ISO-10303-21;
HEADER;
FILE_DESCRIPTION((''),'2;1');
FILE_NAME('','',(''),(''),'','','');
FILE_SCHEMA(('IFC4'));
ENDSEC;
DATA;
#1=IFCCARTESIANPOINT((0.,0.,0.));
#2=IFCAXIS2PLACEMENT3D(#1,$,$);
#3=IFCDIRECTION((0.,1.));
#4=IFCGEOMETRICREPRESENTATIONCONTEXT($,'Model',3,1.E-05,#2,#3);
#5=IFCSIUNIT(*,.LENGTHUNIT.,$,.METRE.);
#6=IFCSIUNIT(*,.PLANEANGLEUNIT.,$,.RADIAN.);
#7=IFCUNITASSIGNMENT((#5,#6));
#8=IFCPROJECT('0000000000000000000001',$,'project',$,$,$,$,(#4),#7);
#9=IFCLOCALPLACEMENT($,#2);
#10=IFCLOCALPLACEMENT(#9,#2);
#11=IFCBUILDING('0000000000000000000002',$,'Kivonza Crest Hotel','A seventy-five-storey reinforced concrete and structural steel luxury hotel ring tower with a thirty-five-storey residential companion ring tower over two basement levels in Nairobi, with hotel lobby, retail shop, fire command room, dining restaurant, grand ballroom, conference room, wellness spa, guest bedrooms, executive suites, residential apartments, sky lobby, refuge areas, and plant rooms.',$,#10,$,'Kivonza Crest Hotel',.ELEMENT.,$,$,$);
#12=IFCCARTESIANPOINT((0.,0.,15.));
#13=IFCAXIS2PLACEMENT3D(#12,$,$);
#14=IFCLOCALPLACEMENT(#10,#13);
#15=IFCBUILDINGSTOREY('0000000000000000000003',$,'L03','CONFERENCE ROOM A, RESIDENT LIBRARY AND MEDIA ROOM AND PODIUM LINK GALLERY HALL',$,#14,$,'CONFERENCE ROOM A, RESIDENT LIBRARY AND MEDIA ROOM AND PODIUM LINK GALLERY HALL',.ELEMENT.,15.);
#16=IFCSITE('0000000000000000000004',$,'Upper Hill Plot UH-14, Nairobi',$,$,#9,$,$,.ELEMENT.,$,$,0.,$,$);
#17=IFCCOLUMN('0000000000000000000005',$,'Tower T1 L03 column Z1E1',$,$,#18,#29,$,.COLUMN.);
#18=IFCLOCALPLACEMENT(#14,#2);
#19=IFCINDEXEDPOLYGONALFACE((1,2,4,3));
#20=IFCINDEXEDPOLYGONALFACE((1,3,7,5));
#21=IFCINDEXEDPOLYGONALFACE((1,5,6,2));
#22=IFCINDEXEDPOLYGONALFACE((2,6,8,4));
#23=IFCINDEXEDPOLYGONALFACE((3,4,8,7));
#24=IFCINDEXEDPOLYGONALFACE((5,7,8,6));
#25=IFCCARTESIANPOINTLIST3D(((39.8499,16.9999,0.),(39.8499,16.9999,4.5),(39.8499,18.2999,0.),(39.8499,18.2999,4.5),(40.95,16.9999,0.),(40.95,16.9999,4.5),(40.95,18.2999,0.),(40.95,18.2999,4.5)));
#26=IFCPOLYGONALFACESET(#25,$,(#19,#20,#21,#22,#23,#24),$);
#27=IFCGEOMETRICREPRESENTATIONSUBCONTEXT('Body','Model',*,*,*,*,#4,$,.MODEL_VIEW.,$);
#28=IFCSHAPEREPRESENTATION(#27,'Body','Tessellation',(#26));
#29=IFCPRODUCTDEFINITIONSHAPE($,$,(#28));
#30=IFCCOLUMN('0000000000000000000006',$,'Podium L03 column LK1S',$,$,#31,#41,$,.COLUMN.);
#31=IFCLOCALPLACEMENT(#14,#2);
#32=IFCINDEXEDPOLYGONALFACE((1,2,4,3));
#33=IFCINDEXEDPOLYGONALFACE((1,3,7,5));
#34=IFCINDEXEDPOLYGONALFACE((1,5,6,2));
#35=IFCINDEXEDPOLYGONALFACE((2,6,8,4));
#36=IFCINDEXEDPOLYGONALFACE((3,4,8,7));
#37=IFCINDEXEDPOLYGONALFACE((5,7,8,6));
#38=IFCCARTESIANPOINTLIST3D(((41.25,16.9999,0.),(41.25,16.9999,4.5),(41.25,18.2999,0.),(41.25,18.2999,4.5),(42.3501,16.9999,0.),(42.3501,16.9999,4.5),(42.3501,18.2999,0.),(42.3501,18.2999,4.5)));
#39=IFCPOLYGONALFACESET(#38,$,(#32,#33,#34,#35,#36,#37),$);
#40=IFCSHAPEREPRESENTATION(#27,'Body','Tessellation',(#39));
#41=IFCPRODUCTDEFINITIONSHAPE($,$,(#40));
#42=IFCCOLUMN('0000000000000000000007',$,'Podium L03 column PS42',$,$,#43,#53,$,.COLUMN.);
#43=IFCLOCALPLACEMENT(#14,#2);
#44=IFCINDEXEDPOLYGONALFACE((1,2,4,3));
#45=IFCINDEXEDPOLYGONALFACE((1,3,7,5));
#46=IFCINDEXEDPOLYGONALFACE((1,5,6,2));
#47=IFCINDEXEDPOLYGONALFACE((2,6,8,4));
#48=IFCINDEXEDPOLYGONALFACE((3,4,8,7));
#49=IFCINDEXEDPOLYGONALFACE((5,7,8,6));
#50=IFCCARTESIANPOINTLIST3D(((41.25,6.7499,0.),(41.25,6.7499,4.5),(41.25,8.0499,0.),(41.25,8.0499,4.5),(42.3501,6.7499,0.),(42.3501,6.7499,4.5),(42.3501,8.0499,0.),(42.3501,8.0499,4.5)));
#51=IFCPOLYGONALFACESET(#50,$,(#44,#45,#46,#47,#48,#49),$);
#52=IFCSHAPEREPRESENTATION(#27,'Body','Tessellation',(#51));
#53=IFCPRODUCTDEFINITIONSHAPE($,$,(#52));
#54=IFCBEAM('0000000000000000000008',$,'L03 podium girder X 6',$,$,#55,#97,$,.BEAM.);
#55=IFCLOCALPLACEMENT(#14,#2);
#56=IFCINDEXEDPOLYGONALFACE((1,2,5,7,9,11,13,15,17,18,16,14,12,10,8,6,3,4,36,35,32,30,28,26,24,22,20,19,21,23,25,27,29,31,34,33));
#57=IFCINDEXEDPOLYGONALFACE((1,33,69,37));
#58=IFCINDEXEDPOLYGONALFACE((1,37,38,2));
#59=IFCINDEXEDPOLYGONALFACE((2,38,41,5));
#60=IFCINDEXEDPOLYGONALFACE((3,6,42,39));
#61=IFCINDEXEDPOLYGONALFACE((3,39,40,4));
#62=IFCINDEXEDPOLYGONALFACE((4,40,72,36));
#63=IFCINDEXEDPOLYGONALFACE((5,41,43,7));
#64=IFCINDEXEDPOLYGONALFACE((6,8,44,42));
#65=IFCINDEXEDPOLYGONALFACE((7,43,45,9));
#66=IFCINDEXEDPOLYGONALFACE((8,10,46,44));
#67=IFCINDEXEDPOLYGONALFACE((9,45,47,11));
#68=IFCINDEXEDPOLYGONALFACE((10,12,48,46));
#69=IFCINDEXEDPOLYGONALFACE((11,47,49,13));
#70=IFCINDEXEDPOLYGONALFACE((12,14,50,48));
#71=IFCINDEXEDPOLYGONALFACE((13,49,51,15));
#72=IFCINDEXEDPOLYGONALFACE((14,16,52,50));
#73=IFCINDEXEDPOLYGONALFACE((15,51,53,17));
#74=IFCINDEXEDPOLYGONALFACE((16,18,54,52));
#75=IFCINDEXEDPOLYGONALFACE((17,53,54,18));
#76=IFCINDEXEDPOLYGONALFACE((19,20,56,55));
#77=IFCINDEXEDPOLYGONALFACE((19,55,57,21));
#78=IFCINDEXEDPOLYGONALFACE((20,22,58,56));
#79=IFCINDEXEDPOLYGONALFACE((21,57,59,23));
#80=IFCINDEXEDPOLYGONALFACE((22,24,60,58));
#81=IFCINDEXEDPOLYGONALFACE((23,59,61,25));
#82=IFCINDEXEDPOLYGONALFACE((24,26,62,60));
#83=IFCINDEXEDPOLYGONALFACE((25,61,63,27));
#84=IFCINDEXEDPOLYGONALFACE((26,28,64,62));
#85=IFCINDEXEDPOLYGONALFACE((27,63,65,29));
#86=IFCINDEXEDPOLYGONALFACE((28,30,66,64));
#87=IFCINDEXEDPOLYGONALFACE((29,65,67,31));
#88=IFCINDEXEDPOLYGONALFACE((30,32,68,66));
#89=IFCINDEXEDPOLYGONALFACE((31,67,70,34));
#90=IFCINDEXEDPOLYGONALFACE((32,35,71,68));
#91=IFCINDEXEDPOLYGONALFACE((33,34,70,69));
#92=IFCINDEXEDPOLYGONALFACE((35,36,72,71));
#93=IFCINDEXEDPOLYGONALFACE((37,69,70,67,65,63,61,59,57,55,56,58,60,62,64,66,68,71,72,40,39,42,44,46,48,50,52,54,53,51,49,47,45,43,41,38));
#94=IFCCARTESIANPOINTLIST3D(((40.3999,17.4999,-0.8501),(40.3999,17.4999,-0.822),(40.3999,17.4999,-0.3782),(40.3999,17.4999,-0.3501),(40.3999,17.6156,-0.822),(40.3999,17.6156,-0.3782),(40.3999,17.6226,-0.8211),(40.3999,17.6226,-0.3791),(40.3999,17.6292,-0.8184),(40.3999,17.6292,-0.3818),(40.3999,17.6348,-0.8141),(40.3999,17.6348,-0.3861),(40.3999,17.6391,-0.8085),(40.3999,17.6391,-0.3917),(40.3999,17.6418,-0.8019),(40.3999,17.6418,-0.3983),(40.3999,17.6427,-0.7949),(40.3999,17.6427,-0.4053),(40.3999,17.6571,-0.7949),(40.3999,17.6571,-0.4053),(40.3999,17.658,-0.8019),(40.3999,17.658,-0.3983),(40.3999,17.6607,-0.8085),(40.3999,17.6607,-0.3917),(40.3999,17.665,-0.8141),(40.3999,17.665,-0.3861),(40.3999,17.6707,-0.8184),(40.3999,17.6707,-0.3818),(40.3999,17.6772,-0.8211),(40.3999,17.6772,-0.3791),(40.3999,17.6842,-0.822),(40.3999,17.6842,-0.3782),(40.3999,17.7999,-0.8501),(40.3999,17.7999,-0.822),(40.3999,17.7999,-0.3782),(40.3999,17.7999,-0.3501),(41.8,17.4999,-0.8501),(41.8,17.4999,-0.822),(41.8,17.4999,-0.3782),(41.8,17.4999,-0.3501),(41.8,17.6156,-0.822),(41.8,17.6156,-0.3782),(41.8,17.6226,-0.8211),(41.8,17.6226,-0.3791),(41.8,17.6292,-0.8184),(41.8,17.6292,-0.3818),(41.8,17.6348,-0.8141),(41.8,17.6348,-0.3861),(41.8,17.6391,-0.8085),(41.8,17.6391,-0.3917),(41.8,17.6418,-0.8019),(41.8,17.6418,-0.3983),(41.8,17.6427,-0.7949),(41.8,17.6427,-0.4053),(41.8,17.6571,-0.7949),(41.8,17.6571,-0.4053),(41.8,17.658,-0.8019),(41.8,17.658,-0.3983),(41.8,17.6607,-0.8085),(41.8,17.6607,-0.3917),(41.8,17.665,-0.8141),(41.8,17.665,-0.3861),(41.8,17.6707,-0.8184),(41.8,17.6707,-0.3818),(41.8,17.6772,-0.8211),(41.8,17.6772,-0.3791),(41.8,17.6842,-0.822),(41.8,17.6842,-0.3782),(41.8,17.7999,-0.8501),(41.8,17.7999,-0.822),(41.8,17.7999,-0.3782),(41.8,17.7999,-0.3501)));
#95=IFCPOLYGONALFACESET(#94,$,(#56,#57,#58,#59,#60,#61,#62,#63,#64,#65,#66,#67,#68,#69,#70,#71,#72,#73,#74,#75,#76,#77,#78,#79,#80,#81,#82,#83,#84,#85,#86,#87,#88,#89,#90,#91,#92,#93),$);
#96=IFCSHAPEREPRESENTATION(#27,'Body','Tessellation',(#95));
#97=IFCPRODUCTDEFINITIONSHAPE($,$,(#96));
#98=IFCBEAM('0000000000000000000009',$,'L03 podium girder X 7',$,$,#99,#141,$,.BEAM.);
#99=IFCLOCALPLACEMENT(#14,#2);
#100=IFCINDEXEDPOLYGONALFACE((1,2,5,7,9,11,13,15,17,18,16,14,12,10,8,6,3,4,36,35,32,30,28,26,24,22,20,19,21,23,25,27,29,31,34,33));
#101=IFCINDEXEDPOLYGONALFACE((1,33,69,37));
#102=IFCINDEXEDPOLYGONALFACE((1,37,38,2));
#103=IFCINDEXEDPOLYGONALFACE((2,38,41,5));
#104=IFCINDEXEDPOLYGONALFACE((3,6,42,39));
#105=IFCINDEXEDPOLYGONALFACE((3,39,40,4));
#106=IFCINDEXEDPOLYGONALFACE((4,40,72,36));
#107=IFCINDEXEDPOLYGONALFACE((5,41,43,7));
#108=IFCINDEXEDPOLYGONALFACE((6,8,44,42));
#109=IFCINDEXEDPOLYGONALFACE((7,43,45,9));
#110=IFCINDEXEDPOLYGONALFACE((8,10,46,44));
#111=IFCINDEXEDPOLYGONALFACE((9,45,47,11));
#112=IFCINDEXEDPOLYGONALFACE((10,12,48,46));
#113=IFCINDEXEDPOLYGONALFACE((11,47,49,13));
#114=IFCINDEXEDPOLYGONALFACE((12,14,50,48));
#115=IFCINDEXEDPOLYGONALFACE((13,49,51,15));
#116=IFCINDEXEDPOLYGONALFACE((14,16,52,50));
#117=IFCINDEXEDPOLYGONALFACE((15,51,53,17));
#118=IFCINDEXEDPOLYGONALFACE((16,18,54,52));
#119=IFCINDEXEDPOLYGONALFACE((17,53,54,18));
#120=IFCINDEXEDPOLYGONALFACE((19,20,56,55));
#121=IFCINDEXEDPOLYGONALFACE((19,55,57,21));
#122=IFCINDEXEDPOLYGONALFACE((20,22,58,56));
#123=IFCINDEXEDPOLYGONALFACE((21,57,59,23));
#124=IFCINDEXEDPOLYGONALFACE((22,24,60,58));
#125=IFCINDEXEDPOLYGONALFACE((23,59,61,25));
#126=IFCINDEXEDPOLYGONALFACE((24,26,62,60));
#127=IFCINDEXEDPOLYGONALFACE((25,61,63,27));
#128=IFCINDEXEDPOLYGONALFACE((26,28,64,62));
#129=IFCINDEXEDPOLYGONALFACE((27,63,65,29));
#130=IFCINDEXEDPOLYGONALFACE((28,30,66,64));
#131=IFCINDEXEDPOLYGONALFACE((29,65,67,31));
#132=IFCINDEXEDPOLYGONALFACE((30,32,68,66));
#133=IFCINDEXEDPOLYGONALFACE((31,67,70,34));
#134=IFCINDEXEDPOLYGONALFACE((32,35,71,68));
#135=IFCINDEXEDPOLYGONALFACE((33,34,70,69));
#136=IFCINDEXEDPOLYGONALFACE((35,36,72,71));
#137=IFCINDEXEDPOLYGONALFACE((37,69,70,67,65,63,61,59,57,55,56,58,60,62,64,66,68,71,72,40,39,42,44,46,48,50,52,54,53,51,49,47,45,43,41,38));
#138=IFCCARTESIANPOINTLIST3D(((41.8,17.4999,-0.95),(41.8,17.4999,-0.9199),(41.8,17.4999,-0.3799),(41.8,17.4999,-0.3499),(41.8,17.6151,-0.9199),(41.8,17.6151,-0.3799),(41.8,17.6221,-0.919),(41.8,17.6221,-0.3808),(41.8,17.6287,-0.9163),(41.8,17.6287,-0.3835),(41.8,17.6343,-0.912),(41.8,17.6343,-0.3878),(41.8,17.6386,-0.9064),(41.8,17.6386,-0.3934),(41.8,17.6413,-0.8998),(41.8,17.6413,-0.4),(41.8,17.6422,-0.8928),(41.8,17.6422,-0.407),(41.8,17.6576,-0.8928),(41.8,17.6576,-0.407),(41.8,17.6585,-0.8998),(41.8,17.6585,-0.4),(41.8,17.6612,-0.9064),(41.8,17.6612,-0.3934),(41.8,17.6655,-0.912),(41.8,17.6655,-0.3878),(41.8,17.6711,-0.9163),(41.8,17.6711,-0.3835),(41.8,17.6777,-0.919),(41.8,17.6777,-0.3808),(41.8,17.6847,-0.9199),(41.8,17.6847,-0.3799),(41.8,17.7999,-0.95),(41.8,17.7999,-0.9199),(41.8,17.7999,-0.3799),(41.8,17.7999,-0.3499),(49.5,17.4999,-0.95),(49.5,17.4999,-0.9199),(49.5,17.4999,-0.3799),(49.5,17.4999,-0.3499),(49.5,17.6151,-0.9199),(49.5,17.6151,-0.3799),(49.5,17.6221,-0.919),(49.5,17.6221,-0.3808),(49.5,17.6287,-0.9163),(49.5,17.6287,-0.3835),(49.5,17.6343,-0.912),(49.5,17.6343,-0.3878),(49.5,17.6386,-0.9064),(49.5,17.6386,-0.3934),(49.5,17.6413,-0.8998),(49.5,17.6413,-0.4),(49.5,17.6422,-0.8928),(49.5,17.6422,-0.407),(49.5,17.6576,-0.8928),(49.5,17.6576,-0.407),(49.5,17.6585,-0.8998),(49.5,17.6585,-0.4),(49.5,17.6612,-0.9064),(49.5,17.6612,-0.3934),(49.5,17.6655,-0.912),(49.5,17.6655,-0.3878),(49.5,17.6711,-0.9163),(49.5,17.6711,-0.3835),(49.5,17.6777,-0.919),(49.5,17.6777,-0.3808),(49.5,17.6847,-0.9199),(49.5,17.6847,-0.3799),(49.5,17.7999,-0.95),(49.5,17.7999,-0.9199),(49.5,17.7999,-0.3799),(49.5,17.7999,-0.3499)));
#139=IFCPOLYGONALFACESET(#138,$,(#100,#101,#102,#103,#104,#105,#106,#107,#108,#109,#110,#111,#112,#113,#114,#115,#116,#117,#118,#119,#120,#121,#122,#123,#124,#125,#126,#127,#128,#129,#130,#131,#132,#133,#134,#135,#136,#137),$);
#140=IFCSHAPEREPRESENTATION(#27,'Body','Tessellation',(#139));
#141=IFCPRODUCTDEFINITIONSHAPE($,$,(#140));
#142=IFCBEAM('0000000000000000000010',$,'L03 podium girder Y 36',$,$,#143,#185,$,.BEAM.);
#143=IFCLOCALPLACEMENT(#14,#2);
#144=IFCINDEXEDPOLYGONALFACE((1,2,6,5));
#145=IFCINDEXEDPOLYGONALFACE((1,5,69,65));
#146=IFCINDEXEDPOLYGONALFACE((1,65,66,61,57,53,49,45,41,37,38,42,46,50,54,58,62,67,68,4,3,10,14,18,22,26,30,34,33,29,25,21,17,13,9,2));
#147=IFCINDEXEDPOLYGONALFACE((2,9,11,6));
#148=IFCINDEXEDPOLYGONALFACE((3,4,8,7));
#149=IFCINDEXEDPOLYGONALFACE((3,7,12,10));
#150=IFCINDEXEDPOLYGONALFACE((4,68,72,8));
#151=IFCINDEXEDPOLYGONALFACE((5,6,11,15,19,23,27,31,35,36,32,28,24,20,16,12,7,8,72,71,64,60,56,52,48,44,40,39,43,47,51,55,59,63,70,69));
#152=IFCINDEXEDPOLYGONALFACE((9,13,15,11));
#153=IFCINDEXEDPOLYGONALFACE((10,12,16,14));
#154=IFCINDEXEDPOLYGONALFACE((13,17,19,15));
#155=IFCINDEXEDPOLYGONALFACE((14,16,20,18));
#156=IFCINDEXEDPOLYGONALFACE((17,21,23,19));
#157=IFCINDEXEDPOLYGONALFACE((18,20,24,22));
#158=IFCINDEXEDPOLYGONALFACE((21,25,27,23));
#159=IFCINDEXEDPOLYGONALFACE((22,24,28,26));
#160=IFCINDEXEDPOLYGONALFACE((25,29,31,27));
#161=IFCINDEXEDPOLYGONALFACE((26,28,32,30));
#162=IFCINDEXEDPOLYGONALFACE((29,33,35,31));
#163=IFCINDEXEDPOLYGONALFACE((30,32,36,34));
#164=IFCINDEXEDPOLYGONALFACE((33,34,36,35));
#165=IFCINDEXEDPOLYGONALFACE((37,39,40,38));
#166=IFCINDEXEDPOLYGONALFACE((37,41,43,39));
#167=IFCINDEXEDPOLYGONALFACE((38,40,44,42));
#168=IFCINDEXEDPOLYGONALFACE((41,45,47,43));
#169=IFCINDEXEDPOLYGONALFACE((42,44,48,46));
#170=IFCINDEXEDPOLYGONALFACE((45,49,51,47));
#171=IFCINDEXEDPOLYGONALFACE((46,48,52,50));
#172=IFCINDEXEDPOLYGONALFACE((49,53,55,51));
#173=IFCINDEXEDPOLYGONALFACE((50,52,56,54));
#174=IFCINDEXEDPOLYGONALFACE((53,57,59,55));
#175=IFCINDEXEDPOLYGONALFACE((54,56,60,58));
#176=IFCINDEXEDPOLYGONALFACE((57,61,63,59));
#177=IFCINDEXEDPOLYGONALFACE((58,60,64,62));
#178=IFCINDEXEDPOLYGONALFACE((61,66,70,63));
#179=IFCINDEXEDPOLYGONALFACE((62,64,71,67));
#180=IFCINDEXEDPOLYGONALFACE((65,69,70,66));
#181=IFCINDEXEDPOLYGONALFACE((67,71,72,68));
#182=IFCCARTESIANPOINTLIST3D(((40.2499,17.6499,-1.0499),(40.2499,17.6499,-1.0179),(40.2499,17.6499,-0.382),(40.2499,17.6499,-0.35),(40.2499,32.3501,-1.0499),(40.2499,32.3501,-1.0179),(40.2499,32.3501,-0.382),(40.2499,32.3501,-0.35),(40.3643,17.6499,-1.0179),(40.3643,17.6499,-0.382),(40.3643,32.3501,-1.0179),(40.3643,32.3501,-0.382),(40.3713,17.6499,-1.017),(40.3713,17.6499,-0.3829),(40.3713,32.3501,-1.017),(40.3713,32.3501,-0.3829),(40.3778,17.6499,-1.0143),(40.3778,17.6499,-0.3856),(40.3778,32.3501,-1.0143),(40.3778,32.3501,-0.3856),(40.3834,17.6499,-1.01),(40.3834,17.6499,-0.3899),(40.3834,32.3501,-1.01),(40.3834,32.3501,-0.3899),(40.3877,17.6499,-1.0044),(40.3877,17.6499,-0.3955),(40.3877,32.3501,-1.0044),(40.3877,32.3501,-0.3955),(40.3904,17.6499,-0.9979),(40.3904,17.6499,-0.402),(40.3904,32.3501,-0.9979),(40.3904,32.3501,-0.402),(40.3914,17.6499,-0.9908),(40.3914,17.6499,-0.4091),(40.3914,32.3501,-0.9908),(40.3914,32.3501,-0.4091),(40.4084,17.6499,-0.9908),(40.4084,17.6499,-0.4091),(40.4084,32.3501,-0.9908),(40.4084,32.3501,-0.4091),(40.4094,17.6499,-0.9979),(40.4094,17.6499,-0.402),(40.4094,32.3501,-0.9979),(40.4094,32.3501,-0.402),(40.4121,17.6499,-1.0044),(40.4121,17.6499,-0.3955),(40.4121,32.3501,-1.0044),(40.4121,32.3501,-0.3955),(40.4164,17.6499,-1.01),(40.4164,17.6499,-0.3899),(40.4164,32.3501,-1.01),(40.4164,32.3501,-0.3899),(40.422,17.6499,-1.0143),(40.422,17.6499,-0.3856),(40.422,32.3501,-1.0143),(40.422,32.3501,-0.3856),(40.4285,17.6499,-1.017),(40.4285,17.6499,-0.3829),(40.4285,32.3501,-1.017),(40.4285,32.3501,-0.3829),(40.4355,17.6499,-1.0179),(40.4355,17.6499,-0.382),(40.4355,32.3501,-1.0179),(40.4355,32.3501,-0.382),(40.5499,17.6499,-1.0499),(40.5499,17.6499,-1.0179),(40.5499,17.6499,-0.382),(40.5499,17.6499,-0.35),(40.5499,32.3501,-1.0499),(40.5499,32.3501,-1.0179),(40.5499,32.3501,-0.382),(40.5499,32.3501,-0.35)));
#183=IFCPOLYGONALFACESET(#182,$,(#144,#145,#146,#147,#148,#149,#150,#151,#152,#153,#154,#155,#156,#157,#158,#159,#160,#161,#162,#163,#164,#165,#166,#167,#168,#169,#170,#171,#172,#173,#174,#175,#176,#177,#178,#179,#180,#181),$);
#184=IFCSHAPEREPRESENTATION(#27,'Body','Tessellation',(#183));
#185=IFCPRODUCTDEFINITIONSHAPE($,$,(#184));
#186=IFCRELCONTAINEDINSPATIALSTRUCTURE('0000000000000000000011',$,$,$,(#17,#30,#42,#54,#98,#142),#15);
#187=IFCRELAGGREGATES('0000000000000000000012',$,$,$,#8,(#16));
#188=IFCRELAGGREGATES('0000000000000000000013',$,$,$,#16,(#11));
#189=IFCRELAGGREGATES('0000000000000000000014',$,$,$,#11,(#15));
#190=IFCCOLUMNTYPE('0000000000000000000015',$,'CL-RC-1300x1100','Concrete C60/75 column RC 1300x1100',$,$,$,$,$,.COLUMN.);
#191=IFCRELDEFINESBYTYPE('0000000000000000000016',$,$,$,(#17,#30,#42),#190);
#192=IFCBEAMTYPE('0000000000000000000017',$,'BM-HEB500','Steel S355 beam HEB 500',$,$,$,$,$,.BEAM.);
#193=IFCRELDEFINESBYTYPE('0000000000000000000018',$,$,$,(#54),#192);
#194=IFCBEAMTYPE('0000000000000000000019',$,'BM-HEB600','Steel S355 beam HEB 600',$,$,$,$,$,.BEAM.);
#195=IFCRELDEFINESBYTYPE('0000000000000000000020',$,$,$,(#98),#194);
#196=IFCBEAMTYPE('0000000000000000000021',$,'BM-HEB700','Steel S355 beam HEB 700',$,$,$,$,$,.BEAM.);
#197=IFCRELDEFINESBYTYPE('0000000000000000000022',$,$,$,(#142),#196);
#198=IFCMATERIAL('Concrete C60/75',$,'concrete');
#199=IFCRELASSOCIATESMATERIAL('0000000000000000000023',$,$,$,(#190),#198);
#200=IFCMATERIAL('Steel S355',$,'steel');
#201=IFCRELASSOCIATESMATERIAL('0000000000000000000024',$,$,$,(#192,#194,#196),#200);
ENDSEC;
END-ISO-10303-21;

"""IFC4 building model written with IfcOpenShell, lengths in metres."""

from ifc_helpers import new_model, si_unit, direction, frame, origin, origin_2d, place, context, subcontext, project, spatial, rectangle, i_section, extrude, material, material_profile, profile_set, type_object, element, save


model = new_model("IFC4")

# Units and contexts
model_context = context("Model", 3, precision=1e-05, world=origin(), true_north=direction((0.0, 1.0)))
body_context = subcontext(model_context, "Body", "Model", "MODEL_VIEW")
ifc_project = project(units=[si_unit("LENGTHUNIT", "METRE"), si_unit("PLANEANGLEUNIT", "RADIAN")], contexts=[model_context])

# Site, building, storey
site_placement = place(None, origin())
site = spatial("IfcSite", under=ifc_project, at=site_placement, Name="Upper Hill Plot UH-14, Nairobi", CompositionType="ELEMENT", RefElevation=0.0)
building_placement = place(site_placement, origin())
building = spatial("IfcBuilding", under=site, at=building_placement, Name="Kivonza Crest Hotel", Description="A seventy-five-storey reinforced concrete and structural steel luxury hotel ring tower with a thirty-five-storey residential companion ring tower over two basement levels in Nairobi, with hotel lobby, retail shop, fire command room, dining restaurant, grand ballroom, conference room, wellness spa, guest bedrooms, executive suites, residential apartments, sky lobby, refuge areas, and plant rooms.", LongName="Kivonza Crest Hotel", CompositionType="ELEMENT")
storey_placement = place(building_placement, frame((0.0, 0.0, 15.0)))
storey = spatial("IfcBuildingStorey", under=building, at=storey_placement, Name="L03", Description="CONFERENCE ROOM A, RESIDENT LIBRARY AND MEDIA ROOM AND PODIUM LINK GALLERY HALL", LongName="CONFERENCE ROOM A, RESIDENT LIBRARY AND MEDIA ROOM AND PODIUM LINK GALLERY HALL", CompositionType="ELEMENT", Elevation=15.0)

# Columns
ifc_material_1 = material(Name="Concrete C60/75", Category="concrete")
ifc_material_profile_1 = material_profile(ifc_material_1, rectangle(XDim=1.1001, YDim=1.3, at=origin_2d()), Name="RC 1300x1100")
ifc_profile_set_1 = profile_set([ifc_material_profile_1], Name="Concrete C60/75")
column_type = type_object("IfcColumnType", Name="CL-RC-1300x1100", Description="Concrete C60/75 column RC 1300x1100", PredefinedType="COLUMN", material=ifc_profile_set_1)
for number, where, z_axis, x_axis, name in (
    (1, (40.3999, 17.6499, 0.0), (0.0, 0.0, 1.0), (1.0, 0.0, 0.0), "Tower T1 L03 column Z1E1"),
    (2, (41.8, 17.6499, 0.0), (0.0, 0.0, 1.0), (1.0, 0.0, 0.0), "Podium L03 column LK1S"),
    (3, (41.8, 7.3999, 0.0), (0.0, 0.0, 1.0), (1.0, 0.0, 0.0), "Podium L03 column PS42"),
):
    element("IfcColumn", number, at=place(storey_placement, frame(where, z_axis=z_axis, x_axis=x_axis)), inside=storey, type_object=column_type, Name=name, PredefinedType="COLUMN", context=body_context, shape_type="SweptSolid", body=[
        extrude(rectangle(XDim=1.1001, YDim=1.3, at=origin_2d()), origin(), (0.0, 0.0, 1.0), 4.5),
    ])

# Beams
ifc_material_2 = material(Name="Steel S355", Category="steel")
ifc_material_profile_2 = material_profile(ifc_material_2, i_section(OverallWidth=0.3, OverallDepth=0.5, WebThickness=0.0144, FlangeThickness=0.0281, FilletRadius=0.0271, at=origin_2d()), Name="HEB 500")
ifc_profile_set_2 = profile_set([ifc_material_profile_2], Name="Steel S355")
beam_type_1 = type_object("IfcBeamType", Name="BM-HEB500", Description="Steel S355 beam HEB 500", PredefinedType="BEAM", material=ifc_profile_set_2)
beam_1_placement = place(storey_placement, frame((40.3999, 17.6499, -0.6001), z_axis=(1.0, 0.0, 0.0), x_axis=(0.0, 1.0, 0.0)))
element("IfcBeam", 4, at=beam_1_placement, inside=storey, type_object=beam_type_1, Name="L03 podium girder X 6", PredefinedType="BEAM", context=body_context, shape_type="SweptSolid", body=[
    extrude(i_section(OverallWidth=0.3, OverallDepth=0.5, WebThickness=0.0144, FlangeThickness=0.0281, FilletRadius=0.0271, at=origin_2d()), origin(), (0.0, 0.0, 1.0), 1.4001),
])
ifc_material_profile_3 = material_profile(ifc_material_2, i_section(OverallWidth=0.3, OverallDepth=0.6001, WebThickness=0.0154, FlangeThickness=0.03, FilletRadius=0.0271, at=origin_2d()), Name="HEB 600")
ifc_profile_set_3 = profile_set([ifc_material_profile_3], Name="Steel S355")
beam_type_2 = type_object("IfcBeamType", Name="BM-HEB600", Description="Steel S355 beam HEB 600", PredefinedType="BEAM", material=ifc_profile_set_3)
beam_2_placement = place(storey_placement, frame((41.8, 17.6499, -0.6499), z_axis=(1.0, 0.0, 0.0), x_axis=(0.0, 1.0, 0.0)))
element("IfcBeam", 5, at=beam_2_placement, inside=storey, type_object=beam_type_2, Name="L03 podium girder X 7", PredefinedType="BEAM", context=body_context, shape_type="SweptSolid", body=[
    extrude(i_section(OverallWidth=0.3, OverallDepth=0.6001, WebThickness=0.0154, FlangeThickness=0.03, FilletRadius=0.0271, at=origin_2d()), origin(), (0.0, 0.0, 1.0), 7.7),
])
ifc_material_profile_4 = material_profile(ifc_material_2, i_section(OverallWidth=0.3, OverallDepth=0.7, WebThickness=0.0171, FlangeThickness=0.032, FilletRadius=0.0271, at=origin_2d()), Name="HEB 700")
ifc_profile_set_4 = profile_set([ifc_material_profile_4], Name="Steel S355")
beam_type_3 = type_object("IfcBeamType", Name="BM-HEB700", Description="Steel S355 beam HEB 700", PredefinedType="BEAM", material=ifc_profile_set_4)
beam_3_placement = place(storey_placement, frame((40.3999, 17.6499, -0.7), z_axis=(0.0, 1.0, 0.0), x_axis=(-1.0, 0.0, 0.0)))
element("IfcBeam", 6, at=beam_3_placement, inside=storey, type_object=beam_type_3, Name="L03 podium girder Y 36", PredefinedType="BEAM", context=body_context, shape_type="SweptSolid", body=[
    extrude(i_section(OverallWidth=0.3, OverallDepth=0.7, WebThickness=0.0171, FlangeThickness=0.032, FilletRadius=0.0271, at=origin_2d()), origin(), (0.0, 0.0, 1.0), 14.7002),
])

save(model, "model.ifc")
